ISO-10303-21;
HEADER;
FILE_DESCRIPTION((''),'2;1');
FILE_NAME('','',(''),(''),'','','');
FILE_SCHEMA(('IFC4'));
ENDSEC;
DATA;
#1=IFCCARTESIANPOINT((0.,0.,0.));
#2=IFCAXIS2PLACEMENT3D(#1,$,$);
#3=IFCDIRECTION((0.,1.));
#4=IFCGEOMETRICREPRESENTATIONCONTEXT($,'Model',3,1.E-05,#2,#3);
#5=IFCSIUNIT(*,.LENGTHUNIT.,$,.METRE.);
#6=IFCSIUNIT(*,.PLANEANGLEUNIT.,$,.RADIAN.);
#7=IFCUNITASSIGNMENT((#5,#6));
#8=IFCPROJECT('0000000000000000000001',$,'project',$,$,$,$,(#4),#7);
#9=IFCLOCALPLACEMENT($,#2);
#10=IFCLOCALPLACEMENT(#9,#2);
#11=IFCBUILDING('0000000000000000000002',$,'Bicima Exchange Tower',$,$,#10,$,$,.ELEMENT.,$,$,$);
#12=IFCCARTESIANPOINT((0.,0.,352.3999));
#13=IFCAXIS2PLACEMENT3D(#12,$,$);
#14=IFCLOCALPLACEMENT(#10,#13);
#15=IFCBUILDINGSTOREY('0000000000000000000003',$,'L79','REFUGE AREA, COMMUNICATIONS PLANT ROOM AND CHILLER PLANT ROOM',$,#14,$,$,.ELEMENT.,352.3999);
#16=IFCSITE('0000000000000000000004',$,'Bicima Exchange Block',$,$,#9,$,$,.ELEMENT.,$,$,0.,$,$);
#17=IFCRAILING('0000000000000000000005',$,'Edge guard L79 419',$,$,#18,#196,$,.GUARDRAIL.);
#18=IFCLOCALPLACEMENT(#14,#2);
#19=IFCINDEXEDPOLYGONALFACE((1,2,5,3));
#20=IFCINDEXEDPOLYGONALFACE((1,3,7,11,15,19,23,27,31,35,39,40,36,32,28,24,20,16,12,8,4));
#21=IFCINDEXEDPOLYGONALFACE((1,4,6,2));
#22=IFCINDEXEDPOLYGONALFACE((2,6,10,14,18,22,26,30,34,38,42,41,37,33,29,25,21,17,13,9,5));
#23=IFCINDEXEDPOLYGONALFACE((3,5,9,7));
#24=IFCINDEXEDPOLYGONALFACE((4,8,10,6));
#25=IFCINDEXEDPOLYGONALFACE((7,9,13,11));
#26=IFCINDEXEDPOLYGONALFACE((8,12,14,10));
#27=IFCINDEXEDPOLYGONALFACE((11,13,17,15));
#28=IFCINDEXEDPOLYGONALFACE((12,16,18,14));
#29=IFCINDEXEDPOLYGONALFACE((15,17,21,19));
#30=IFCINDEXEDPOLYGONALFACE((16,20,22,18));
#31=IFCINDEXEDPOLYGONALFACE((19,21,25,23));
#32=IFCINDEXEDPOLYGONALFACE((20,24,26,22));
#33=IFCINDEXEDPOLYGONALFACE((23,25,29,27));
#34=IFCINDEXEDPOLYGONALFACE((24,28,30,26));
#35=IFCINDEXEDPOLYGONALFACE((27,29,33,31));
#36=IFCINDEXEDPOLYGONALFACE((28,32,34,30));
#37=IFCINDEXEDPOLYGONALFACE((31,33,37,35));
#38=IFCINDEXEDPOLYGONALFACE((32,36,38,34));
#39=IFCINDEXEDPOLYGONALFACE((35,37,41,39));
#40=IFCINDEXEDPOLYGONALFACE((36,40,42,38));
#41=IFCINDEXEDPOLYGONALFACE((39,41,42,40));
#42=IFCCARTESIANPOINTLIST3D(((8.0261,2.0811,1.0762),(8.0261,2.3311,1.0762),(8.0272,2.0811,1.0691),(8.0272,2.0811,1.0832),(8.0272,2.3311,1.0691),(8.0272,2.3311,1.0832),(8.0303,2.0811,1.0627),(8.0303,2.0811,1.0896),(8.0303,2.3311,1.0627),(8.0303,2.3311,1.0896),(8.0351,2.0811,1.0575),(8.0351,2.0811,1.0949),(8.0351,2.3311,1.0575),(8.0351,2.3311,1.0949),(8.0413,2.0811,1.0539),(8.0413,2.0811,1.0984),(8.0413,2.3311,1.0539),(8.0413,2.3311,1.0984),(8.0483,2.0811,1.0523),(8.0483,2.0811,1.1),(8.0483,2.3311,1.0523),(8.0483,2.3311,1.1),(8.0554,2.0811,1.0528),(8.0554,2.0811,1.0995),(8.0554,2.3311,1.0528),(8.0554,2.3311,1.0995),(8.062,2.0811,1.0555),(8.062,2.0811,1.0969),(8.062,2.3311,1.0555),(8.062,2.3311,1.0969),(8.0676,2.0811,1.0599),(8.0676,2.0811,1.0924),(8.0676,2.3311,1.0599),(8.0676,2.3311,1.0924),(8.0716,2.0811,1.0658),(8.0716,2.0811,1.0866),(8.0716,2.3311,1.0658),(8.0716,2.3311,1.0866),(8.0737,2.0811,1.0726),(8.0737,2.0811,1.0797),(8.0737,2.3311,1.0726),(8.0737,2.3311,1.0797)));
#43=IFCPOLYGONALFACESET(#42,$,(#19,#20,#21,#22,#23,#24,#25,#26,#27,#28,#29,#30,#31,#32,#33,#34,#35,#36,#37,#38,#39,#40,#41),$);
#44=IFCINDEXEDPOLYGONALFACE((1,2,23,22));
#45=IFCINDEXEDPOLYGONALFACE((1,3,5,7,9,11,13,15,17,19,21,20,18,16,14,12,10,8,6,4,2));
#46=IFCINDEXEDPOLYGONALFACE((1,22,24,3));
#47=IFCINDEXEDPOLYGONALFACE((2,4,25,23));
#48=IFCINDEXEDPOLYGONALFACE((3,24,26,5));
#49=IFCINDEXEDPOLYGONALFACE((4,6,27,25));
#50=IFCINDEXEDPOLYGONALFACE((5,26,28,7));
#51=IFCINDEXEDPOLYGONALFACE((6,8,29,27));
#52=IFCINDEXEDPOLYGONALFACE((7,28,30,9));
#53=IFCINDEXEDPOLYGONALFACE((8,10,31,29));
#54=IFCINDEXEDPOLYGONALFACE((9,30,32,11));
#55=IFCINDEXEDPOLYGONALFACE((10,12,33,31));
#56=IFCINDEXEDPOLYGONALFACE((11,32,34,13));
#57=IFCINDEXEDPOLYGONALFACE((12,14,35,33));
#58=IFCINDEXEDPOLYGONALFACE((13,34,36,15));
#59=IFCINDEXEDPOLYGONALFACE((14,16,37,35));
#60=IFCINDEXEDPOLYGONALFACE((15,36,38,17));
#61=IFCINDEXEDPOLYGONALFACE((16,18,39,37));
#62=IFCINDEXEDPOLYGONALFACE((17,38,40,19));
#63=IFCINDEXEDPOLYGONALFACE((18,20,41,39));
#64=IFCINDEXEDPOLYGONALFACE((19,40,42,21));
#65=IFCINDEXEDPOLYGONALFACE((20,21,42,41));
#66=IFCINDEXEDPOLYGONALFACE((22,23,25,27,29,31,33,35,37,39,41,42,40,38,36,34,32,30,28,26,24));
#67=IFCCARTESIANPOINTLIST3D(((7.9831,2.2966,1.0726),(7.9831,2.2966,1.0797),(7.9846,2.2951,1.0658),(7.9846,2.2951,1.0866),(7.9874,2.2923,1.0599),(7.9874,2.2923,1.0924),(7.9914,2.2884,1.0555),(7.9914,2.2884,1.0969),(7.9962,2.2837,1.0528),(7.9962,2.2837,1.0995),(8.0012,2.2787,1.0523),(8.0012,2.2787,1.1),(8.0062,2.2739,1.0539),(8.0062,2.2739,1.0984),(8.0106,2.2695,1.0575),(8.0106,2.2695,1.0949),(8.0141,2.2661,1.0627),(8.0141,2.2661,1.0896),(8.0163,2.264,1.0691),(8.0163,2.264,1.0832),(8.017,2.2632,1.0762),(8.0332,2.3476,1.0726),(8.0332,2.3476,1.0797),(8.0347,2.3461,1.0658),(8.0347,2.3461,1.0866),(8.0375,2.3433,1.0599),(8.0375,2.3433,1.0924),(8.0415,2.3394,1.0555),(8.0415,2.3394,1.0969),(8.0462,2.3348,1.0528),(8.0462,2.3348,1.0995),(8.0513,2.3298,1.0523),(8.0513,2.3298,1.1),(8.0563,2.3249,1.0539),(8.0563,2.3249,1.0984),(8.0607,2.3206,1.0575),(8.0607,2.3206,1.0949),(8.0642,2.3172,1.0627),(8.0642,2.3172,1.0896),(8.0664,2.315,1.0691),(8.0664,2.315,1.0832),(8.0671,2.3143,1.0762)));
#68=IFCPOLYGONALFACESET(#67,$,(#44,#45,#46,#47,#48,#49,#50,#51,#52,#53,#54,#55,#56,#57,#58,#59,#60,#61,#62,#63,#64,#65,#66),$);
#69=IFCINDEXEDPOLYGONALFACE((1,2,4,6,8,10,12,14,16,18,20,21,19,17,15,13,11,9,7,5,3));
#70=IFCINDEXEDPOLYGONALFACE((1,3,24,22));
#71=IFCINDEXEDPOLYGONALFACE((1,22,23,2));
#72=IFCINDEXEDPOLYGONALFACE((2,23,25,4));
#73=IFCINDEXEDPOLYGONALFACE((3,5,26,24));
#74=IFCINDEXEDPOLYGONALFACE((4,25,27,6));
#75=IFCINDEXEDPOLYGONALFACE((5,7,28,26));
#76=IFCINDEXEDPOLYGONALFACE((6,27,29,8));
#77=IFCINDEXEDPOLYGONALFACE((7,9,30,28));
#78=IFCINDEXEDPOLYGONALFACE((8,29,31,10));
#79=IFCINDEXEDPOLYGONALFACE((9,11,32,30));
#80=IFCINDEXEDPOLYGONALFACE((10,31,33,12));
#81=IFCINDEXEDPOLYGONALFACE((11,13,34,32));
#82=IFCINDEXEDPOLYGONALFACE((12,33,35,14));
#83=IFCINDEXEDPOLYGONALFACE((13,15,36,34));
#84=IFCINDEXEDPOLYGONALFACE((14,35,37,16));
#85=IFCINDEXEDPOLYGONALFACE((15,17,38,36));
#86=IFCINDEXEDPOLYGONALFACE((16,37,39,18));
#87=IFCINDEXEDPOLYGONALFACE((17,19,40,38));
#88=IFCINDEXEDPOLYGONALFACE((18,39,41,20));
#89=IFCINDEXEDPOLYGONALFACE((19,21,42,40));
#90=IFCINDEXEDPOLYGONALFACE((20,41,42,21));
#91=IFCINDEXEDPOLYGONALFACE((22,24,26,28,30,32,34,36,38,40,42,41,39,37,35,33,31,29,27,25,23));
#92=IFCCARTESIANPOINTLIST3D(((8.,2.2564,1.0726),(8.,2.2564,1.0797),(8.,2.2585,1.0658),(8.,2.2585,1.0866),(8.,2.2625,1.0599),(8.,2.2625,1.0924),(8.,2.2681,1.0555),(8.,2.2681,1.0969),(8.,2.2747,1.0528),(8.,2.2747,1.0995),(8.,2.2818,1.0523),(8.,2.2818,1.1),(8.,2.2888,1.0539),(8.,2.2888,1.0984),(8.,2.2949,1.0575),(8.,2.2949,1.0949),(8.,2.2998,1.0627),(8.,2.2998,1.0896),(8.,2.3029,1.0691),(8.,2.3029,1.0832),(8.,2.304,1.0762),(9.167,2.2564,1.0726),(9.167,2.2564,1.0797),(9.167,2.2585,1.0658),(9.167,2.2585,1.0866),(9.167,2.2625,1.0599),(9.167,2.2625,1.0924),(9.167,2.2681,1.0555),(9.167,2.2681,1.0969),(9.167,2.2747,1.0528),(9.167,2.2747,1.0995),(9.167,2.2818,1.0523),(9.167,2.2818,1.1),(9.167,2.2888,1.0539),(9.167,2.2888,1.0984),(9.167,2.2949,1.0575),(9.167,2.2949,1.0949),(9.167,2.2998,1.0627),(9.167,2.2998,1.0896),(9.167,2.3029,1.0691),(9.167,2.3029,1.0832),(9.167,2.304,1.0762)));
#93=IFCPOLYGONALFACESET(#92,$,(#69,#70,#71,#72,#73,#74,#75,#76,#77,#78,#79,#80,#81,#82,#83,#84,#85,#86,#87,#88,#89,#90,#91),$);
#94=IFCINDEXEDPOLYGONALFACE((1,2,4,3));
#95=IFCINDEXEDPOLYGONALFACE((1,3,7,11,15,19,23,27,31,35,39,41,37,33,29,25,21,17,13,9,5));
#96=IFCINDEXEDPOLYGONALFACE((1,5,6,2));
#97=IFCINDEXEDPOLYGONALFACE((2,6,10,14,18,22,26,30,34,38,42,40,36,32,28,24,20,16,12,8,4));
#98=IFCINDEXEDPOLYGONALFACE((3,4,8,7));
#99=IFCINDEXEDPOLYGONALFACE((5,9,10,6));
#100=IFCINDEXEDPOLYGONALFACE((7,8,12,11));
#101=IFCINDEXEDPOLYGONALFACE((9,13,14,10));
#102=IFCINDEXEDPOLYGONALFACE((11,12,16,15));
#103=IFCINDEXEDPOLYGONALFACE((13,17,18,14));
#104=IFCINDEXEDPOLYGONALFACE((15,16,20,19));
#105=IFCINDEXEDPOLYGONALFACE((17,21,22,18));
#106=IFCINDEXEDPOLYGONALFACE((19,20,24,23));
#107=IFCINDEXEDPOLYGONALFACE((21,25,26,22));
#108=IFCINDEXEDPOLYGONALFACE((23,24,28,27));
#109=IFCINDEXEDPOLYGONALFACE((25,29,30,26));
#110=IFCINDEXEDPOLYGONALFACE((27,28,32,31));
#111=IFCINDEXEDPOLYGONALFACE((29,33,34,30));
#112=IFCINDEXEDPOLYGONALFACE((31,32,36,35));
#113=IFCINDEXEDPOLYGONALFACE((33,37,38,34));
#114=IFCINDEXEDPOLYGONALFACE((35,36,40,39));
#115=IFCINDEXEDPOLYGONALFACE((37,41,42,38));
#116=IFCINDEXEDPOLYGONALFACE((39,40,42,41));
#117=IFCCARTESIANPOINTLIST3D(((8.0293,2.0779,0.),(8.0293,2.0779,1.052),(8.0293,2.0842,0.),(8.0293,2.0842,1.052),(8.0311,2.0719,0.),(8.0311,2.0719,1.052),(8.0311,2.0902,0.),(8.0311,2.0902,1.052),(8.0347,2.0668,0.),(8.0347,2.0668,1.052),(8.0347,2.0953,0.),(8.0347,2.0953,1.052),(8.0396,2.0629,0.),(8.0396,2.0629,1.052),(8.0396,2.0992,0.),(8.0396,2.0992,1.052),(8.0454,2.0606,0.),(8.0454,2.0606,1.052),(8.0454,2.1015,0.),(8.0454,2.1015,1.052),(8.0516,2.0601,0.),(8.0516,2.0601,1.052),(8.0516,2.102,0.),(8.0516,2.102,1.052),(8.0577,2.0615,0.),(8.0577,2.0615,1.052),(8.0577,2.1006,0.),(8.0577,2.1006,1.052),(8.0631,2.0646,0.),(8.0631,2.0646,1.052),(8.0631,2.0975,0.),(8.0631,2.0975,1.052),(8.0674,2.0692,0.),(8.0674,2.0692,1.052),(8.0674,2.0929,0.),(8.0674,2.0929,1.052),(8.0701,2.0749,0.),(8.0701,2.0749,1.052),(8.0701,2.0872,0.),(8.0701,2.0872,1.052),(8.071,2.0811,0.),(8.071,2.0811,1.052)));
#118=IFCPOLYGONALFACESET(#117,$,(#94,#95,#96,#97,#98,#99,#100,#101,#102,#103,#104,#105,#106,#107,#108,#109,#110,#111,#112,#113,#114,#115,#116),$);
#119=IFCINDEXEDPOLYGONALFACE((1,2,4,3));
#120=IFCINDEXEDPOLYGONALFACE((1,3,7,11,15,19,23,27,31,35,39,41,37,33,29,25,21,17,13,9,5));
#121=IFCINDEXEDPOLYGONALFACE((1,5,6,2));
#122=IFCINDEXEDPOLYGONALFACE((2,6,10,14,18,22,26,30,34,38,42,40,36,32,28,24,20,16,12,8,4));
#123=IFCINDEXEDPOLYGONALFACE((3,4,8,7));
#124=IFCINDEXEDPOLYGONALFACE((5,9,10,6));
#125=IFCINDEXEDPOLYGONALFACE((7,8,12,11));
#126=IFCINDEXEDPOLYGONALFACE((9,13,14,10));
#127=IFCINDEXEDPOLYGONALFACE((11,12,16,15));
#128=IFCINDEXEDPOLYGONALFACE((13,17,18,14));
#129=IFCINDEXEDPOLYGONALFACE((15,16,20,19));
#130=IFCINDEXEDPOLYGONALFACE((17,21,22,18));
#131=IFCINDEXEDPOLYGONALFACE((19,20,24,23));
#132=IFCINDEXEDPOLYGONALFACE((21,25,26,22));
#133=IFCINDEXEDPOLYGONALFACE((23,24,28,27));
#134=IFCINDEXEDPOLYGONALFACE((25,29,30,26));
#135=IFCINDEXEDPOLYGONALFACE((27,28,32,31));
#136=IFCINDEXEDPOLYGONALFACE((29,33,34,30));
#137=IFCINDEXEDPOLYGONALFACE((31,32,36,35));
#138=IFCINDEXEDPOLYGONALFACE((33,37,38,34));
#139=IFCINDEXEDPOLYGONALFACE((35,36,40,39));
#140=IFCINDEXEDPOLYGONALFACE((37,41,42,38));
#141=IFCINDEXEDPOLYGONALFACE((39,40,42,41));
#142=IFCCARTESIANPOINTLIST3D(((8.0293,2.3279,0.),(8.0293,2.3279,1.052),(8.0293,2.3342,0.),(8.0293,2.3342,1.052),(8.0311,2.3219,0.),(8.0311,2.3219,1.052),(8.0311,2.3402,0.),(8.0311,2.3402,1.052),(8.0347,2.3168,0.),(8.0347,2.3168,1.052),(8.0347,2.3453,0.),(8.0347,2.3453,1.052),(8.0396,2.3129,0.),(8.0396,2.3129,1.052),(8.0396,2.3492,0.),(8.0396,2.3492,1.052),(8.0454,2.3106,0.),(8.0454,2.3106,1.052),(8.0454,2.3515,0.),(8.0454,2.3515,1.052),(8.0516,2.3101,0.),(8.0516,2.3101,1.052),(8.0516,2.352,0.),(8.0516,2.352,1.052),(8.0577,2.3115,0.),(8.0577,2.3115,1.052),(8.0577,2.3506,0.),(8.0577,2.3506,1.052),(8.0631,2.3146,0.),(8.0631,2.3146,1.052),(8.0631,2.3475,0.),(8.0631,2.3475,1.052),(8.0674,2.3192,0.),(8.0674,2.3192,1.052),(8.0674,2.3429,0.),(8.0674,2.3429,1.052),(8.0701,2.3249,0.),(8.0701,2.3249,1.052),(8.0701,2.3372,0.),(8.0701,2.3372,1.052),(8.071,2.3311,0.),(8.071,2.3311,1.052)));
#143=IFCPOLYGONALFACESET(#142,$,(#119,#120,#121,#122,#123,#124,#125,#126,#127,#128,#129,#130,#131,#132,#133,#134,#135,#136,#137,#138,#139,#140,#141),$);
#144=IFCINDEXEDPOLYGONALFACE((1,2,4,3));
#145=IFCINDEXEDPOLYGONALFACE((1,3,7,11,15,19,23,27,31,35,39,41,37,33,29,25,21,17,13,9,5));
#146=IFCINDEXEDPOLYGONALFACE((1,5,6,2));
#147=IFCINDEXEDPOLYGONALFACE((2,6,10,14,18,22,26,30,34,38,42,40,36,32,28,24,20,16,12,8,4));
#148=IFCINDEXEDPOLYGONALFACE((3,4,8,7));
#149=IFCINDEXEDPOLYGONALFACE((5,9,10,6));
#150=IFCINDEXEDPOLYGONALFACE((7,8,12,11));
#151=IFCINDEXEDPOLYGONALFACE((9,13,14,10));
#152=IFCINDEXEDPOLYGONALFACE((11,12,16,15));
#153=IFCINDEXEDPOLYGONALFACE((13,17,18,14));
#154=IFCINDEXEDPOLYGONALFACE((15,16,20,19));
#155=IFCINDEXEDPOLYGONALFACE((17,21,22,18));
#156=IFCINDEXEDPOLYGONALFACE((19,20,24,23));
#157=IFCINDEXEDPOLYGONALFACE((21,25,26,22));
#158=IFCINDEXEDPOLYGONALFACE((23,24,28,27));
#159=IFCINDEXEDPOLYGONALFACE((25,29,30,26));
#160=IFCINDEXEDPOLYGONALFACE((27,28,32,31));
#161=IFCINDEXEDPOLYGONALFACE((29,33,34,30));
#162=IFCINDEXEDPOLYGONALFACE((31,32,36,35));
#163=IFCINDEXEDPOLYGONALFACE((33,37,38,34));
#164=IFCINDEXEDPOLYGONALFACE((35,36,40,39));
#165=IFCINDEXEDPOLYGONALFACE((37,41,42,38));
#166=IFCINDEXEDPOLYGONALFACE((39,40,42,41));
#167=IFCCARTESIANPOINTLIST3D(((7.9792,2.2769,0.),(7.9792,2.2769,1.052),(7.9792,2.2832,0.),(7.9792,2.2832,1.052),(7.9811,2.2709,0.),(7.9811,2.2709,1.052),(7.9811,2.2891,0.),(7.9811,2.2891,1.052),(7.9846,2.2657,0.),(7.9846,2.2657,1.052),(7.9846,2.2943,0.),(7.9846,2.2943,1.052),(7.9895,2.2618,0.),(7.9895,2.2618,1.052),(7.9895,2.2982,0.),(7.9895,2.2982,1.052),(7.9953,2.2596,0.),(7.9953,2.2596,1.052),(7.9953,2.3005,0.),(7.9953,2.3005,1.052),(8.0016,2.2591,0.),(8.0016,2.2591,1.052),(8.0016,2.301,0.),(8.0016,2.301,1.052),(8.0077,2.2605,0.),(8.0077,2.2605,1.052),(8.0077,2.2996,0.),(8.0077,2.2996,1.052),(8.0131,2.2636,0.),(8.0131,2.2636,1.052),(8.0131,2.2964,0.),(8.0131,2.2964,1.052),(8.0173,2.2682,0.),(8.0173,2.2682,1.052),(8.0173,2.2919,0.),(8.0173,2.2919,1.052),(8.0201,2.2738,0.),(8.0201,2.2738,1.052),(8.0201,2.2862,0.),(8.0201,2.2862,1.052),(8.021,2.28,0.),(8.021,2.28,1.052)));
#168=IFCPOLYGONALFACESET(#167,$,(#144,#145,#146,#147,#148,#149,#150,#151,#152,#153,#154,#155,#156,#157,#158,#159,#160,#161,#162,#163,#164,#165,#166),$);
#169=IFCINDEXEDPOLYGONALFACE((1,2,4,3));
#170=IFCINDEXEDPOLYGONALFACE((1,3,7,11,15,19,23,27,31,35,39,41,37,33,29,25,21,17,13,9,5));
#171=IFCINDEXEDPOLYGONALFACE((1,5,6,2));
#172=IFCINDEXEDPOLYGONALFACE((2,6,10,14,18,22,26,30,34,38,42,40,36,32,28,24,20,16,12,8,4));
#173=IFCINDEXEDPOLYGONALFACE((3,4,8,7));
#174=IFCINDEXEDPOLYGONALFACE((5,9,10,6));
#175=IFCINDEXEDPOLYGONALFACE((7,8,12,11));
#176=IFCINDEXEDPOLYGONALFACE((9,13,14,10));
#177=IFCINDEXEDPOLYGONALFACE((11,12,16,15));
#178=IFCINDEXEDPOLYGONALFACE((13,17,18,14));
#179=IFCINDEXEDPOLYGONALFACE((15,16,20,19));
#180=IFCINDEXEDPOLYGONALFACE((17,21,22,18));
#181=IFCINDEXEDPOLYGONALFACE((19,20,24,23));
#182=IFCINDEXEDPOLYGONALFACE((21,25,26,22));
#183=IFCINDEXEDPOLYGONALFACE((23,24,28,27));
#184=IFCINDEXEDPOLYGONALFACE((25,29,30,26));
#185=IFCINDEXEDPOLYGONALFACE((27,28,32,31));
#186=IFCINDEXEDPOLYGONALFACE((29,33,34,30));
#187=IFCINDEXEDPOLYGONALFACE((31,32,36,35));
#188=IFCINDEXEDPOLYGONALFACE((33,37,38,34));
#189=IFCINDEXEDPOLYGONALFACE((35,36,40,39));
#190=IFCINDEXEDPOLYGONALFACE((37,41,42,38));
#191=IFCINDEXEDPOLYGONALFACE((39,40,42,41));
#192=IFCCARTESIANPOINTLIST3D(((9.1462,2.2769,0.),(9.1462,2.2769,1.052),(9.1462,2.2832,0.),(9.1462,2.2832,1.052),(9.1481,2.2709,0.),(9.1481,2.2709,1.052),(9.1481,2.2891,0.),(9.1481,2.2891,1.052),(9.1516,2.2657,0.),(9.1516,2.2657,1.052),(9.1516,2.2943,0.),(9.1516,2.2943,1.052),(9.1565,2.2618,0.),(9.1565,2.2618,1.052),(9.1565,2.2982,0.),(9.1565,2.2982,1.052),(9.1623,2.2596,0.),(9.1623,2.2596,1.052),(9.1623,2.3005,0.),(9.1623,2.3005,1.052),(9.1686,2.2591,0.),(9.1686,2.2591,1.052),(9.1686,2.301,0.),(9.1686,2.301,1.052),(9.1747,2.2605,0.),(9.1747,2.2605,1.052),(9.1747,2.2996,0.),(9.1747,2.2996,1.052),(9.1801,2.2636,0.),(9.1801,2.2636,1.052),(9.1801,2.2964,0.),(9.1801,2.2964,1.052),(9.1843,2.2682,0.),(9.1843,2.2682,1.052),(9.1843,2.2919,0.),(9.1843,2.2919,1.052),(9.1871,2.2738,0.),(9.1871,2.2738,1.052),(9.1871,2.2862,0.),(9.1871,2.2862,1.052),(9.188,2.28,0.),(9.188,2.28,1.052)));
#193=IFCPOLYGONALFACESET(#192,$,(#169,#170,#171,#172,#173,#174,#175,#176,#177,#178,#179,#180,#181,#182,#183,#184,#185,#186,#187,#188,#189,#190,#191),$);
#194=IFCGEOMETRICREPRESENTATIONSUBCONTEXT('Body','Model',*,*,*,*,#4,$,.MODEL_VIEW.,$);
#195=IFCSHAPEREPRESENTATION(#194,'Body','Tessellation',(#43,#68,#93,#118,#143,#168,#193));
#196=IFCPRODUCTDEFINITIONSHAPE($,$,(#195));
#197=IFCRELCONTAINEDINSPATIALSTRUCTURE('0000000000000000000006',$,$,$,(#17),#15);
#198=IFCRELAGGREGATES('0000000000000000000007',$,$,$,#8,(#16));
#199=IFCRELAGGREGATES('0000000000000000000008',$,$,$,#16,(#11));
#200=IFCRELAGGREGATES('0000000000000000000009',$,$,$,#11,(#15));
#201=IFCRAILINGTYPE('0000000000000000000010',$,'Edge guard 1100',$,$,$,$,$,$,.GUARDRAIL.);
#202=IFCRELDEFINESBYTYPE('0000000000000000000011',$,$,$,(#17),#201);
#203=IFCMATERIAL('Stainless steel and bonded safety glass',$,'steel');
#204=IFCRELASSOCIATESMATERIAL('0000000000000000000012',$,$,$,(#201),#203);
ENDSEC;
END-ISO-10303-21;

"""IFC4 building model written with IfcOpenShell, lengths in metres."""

from ifc_helpers import new_model, si_unit, direction, frame, origin, origin_2d, place, context, subcontext, project, spatial, circle, extrude, material, type_object, element, save


model = new_model("IFC4")

# Units and contexts
model_context = context("Model", 3, precision=1e-05, world=origin(), true_north=direction((0.0, 1.0)))
body_context = subcontext(model_context, "Body", "Model", "MODEL_VIEW")
ifc_project = project(units=[si_unit("LENGTHUNIT", "METRE"), si_unit("PLANEANGLEUNIT", "RADIAN")], contexts=[model_context])

# Site, building, storey
site_placement = place(None, origin())
site = spatial("IfcSite", under=ifc_project, at=site_placement, Name="Bicima Exchange Block", CompositionType="ELEMENT", RefElevation=0.0)
building_placement = place(site_placement, origin())
building = spatial("IfcBuilding", under=site, at=building_placement, Name="Bicima Exchange Tower", CompositionType="ELEMENT")
storey_placement = place(building_placement, frame((0.0, 0.0, 352.3999)))
storey = spatial("IfcBuildingStorey", under=building, at=storey_placement, Name="L79", Description="REFUGE AREA, COMMUNICATIONS PLANT ROOM AND CHILLER PLANT ROOM", CompositionType="ELEMENT", Elevation=352.3999)

# Railing
ifc_material_1 = material(Name="Stainless steel and bonded safety glass", Category="steel")
railing_type = type_object("IfcRailingType", Name="Edge guard 1100", PredefinedType="GUARDRAIL", material=ifc_material_1)
railing_placement = place(storey_placement, frame((8.05, 2.0811, 0.0)))
element("IfcRailing", 1, at=railing_placement, inside=storey, type_object=railing_type, Name="Edge guard L79 419", PredefinedType="GUARDRAIL", context=body_context, shape_type="SweptSolid", body=[
    extrude(circle(Radius=0.0239, at=origin_2d()), frame((0.0, 0.0, 1.0762), z_axis=(0.0, 1.0, 0.0), x_axis=(-1.0, 0.0, 0.0)), (0.0, 0.0, 1.0), 0.25),
    extrude(circle(Radius=0.0239, at=origin_2d()), frame((0.0, 0.25, 1.0762), z_axis=(-0.700242, -0.713905, 0.0), x_axis=(0.713905, -0.700242, 0.0)), (0.0, 0.0, 1.0), 0.0715),
    extrude(circle(Radius=0.0239, at=origin_2d()), frame((-0.05, 0.199, 1.0762), z_axis=(1.0, 0.0, 0.0), x_axis=(0.0, 1.0, 0.0)), (0.0, 0.0, 1.0), 1.167),
    extrude(circle(Radius=0.021, at=origin_2d()), origin(), (0.0, 0.0, 1.0), 1.052),
    extrude(circle(Radius=0.021, at=origin_2d()), frame((0.0, 0.25, 0.0)), (0.0, 0.0, 1.0), 1.052),
    extrude(circle(Radius=0.021, at=origin_2d()), frame((-0.05, 0.199, 0.0)), (0.0, 0.0, 1.0), 1.052),
    extrude(circle(Radius=0.021, at=origin_2d()), frame((1.1169, 0.199, 0.0)), (0.0, 0.0, 1.0), 1.052),
])

save(model, "model.ifc")
